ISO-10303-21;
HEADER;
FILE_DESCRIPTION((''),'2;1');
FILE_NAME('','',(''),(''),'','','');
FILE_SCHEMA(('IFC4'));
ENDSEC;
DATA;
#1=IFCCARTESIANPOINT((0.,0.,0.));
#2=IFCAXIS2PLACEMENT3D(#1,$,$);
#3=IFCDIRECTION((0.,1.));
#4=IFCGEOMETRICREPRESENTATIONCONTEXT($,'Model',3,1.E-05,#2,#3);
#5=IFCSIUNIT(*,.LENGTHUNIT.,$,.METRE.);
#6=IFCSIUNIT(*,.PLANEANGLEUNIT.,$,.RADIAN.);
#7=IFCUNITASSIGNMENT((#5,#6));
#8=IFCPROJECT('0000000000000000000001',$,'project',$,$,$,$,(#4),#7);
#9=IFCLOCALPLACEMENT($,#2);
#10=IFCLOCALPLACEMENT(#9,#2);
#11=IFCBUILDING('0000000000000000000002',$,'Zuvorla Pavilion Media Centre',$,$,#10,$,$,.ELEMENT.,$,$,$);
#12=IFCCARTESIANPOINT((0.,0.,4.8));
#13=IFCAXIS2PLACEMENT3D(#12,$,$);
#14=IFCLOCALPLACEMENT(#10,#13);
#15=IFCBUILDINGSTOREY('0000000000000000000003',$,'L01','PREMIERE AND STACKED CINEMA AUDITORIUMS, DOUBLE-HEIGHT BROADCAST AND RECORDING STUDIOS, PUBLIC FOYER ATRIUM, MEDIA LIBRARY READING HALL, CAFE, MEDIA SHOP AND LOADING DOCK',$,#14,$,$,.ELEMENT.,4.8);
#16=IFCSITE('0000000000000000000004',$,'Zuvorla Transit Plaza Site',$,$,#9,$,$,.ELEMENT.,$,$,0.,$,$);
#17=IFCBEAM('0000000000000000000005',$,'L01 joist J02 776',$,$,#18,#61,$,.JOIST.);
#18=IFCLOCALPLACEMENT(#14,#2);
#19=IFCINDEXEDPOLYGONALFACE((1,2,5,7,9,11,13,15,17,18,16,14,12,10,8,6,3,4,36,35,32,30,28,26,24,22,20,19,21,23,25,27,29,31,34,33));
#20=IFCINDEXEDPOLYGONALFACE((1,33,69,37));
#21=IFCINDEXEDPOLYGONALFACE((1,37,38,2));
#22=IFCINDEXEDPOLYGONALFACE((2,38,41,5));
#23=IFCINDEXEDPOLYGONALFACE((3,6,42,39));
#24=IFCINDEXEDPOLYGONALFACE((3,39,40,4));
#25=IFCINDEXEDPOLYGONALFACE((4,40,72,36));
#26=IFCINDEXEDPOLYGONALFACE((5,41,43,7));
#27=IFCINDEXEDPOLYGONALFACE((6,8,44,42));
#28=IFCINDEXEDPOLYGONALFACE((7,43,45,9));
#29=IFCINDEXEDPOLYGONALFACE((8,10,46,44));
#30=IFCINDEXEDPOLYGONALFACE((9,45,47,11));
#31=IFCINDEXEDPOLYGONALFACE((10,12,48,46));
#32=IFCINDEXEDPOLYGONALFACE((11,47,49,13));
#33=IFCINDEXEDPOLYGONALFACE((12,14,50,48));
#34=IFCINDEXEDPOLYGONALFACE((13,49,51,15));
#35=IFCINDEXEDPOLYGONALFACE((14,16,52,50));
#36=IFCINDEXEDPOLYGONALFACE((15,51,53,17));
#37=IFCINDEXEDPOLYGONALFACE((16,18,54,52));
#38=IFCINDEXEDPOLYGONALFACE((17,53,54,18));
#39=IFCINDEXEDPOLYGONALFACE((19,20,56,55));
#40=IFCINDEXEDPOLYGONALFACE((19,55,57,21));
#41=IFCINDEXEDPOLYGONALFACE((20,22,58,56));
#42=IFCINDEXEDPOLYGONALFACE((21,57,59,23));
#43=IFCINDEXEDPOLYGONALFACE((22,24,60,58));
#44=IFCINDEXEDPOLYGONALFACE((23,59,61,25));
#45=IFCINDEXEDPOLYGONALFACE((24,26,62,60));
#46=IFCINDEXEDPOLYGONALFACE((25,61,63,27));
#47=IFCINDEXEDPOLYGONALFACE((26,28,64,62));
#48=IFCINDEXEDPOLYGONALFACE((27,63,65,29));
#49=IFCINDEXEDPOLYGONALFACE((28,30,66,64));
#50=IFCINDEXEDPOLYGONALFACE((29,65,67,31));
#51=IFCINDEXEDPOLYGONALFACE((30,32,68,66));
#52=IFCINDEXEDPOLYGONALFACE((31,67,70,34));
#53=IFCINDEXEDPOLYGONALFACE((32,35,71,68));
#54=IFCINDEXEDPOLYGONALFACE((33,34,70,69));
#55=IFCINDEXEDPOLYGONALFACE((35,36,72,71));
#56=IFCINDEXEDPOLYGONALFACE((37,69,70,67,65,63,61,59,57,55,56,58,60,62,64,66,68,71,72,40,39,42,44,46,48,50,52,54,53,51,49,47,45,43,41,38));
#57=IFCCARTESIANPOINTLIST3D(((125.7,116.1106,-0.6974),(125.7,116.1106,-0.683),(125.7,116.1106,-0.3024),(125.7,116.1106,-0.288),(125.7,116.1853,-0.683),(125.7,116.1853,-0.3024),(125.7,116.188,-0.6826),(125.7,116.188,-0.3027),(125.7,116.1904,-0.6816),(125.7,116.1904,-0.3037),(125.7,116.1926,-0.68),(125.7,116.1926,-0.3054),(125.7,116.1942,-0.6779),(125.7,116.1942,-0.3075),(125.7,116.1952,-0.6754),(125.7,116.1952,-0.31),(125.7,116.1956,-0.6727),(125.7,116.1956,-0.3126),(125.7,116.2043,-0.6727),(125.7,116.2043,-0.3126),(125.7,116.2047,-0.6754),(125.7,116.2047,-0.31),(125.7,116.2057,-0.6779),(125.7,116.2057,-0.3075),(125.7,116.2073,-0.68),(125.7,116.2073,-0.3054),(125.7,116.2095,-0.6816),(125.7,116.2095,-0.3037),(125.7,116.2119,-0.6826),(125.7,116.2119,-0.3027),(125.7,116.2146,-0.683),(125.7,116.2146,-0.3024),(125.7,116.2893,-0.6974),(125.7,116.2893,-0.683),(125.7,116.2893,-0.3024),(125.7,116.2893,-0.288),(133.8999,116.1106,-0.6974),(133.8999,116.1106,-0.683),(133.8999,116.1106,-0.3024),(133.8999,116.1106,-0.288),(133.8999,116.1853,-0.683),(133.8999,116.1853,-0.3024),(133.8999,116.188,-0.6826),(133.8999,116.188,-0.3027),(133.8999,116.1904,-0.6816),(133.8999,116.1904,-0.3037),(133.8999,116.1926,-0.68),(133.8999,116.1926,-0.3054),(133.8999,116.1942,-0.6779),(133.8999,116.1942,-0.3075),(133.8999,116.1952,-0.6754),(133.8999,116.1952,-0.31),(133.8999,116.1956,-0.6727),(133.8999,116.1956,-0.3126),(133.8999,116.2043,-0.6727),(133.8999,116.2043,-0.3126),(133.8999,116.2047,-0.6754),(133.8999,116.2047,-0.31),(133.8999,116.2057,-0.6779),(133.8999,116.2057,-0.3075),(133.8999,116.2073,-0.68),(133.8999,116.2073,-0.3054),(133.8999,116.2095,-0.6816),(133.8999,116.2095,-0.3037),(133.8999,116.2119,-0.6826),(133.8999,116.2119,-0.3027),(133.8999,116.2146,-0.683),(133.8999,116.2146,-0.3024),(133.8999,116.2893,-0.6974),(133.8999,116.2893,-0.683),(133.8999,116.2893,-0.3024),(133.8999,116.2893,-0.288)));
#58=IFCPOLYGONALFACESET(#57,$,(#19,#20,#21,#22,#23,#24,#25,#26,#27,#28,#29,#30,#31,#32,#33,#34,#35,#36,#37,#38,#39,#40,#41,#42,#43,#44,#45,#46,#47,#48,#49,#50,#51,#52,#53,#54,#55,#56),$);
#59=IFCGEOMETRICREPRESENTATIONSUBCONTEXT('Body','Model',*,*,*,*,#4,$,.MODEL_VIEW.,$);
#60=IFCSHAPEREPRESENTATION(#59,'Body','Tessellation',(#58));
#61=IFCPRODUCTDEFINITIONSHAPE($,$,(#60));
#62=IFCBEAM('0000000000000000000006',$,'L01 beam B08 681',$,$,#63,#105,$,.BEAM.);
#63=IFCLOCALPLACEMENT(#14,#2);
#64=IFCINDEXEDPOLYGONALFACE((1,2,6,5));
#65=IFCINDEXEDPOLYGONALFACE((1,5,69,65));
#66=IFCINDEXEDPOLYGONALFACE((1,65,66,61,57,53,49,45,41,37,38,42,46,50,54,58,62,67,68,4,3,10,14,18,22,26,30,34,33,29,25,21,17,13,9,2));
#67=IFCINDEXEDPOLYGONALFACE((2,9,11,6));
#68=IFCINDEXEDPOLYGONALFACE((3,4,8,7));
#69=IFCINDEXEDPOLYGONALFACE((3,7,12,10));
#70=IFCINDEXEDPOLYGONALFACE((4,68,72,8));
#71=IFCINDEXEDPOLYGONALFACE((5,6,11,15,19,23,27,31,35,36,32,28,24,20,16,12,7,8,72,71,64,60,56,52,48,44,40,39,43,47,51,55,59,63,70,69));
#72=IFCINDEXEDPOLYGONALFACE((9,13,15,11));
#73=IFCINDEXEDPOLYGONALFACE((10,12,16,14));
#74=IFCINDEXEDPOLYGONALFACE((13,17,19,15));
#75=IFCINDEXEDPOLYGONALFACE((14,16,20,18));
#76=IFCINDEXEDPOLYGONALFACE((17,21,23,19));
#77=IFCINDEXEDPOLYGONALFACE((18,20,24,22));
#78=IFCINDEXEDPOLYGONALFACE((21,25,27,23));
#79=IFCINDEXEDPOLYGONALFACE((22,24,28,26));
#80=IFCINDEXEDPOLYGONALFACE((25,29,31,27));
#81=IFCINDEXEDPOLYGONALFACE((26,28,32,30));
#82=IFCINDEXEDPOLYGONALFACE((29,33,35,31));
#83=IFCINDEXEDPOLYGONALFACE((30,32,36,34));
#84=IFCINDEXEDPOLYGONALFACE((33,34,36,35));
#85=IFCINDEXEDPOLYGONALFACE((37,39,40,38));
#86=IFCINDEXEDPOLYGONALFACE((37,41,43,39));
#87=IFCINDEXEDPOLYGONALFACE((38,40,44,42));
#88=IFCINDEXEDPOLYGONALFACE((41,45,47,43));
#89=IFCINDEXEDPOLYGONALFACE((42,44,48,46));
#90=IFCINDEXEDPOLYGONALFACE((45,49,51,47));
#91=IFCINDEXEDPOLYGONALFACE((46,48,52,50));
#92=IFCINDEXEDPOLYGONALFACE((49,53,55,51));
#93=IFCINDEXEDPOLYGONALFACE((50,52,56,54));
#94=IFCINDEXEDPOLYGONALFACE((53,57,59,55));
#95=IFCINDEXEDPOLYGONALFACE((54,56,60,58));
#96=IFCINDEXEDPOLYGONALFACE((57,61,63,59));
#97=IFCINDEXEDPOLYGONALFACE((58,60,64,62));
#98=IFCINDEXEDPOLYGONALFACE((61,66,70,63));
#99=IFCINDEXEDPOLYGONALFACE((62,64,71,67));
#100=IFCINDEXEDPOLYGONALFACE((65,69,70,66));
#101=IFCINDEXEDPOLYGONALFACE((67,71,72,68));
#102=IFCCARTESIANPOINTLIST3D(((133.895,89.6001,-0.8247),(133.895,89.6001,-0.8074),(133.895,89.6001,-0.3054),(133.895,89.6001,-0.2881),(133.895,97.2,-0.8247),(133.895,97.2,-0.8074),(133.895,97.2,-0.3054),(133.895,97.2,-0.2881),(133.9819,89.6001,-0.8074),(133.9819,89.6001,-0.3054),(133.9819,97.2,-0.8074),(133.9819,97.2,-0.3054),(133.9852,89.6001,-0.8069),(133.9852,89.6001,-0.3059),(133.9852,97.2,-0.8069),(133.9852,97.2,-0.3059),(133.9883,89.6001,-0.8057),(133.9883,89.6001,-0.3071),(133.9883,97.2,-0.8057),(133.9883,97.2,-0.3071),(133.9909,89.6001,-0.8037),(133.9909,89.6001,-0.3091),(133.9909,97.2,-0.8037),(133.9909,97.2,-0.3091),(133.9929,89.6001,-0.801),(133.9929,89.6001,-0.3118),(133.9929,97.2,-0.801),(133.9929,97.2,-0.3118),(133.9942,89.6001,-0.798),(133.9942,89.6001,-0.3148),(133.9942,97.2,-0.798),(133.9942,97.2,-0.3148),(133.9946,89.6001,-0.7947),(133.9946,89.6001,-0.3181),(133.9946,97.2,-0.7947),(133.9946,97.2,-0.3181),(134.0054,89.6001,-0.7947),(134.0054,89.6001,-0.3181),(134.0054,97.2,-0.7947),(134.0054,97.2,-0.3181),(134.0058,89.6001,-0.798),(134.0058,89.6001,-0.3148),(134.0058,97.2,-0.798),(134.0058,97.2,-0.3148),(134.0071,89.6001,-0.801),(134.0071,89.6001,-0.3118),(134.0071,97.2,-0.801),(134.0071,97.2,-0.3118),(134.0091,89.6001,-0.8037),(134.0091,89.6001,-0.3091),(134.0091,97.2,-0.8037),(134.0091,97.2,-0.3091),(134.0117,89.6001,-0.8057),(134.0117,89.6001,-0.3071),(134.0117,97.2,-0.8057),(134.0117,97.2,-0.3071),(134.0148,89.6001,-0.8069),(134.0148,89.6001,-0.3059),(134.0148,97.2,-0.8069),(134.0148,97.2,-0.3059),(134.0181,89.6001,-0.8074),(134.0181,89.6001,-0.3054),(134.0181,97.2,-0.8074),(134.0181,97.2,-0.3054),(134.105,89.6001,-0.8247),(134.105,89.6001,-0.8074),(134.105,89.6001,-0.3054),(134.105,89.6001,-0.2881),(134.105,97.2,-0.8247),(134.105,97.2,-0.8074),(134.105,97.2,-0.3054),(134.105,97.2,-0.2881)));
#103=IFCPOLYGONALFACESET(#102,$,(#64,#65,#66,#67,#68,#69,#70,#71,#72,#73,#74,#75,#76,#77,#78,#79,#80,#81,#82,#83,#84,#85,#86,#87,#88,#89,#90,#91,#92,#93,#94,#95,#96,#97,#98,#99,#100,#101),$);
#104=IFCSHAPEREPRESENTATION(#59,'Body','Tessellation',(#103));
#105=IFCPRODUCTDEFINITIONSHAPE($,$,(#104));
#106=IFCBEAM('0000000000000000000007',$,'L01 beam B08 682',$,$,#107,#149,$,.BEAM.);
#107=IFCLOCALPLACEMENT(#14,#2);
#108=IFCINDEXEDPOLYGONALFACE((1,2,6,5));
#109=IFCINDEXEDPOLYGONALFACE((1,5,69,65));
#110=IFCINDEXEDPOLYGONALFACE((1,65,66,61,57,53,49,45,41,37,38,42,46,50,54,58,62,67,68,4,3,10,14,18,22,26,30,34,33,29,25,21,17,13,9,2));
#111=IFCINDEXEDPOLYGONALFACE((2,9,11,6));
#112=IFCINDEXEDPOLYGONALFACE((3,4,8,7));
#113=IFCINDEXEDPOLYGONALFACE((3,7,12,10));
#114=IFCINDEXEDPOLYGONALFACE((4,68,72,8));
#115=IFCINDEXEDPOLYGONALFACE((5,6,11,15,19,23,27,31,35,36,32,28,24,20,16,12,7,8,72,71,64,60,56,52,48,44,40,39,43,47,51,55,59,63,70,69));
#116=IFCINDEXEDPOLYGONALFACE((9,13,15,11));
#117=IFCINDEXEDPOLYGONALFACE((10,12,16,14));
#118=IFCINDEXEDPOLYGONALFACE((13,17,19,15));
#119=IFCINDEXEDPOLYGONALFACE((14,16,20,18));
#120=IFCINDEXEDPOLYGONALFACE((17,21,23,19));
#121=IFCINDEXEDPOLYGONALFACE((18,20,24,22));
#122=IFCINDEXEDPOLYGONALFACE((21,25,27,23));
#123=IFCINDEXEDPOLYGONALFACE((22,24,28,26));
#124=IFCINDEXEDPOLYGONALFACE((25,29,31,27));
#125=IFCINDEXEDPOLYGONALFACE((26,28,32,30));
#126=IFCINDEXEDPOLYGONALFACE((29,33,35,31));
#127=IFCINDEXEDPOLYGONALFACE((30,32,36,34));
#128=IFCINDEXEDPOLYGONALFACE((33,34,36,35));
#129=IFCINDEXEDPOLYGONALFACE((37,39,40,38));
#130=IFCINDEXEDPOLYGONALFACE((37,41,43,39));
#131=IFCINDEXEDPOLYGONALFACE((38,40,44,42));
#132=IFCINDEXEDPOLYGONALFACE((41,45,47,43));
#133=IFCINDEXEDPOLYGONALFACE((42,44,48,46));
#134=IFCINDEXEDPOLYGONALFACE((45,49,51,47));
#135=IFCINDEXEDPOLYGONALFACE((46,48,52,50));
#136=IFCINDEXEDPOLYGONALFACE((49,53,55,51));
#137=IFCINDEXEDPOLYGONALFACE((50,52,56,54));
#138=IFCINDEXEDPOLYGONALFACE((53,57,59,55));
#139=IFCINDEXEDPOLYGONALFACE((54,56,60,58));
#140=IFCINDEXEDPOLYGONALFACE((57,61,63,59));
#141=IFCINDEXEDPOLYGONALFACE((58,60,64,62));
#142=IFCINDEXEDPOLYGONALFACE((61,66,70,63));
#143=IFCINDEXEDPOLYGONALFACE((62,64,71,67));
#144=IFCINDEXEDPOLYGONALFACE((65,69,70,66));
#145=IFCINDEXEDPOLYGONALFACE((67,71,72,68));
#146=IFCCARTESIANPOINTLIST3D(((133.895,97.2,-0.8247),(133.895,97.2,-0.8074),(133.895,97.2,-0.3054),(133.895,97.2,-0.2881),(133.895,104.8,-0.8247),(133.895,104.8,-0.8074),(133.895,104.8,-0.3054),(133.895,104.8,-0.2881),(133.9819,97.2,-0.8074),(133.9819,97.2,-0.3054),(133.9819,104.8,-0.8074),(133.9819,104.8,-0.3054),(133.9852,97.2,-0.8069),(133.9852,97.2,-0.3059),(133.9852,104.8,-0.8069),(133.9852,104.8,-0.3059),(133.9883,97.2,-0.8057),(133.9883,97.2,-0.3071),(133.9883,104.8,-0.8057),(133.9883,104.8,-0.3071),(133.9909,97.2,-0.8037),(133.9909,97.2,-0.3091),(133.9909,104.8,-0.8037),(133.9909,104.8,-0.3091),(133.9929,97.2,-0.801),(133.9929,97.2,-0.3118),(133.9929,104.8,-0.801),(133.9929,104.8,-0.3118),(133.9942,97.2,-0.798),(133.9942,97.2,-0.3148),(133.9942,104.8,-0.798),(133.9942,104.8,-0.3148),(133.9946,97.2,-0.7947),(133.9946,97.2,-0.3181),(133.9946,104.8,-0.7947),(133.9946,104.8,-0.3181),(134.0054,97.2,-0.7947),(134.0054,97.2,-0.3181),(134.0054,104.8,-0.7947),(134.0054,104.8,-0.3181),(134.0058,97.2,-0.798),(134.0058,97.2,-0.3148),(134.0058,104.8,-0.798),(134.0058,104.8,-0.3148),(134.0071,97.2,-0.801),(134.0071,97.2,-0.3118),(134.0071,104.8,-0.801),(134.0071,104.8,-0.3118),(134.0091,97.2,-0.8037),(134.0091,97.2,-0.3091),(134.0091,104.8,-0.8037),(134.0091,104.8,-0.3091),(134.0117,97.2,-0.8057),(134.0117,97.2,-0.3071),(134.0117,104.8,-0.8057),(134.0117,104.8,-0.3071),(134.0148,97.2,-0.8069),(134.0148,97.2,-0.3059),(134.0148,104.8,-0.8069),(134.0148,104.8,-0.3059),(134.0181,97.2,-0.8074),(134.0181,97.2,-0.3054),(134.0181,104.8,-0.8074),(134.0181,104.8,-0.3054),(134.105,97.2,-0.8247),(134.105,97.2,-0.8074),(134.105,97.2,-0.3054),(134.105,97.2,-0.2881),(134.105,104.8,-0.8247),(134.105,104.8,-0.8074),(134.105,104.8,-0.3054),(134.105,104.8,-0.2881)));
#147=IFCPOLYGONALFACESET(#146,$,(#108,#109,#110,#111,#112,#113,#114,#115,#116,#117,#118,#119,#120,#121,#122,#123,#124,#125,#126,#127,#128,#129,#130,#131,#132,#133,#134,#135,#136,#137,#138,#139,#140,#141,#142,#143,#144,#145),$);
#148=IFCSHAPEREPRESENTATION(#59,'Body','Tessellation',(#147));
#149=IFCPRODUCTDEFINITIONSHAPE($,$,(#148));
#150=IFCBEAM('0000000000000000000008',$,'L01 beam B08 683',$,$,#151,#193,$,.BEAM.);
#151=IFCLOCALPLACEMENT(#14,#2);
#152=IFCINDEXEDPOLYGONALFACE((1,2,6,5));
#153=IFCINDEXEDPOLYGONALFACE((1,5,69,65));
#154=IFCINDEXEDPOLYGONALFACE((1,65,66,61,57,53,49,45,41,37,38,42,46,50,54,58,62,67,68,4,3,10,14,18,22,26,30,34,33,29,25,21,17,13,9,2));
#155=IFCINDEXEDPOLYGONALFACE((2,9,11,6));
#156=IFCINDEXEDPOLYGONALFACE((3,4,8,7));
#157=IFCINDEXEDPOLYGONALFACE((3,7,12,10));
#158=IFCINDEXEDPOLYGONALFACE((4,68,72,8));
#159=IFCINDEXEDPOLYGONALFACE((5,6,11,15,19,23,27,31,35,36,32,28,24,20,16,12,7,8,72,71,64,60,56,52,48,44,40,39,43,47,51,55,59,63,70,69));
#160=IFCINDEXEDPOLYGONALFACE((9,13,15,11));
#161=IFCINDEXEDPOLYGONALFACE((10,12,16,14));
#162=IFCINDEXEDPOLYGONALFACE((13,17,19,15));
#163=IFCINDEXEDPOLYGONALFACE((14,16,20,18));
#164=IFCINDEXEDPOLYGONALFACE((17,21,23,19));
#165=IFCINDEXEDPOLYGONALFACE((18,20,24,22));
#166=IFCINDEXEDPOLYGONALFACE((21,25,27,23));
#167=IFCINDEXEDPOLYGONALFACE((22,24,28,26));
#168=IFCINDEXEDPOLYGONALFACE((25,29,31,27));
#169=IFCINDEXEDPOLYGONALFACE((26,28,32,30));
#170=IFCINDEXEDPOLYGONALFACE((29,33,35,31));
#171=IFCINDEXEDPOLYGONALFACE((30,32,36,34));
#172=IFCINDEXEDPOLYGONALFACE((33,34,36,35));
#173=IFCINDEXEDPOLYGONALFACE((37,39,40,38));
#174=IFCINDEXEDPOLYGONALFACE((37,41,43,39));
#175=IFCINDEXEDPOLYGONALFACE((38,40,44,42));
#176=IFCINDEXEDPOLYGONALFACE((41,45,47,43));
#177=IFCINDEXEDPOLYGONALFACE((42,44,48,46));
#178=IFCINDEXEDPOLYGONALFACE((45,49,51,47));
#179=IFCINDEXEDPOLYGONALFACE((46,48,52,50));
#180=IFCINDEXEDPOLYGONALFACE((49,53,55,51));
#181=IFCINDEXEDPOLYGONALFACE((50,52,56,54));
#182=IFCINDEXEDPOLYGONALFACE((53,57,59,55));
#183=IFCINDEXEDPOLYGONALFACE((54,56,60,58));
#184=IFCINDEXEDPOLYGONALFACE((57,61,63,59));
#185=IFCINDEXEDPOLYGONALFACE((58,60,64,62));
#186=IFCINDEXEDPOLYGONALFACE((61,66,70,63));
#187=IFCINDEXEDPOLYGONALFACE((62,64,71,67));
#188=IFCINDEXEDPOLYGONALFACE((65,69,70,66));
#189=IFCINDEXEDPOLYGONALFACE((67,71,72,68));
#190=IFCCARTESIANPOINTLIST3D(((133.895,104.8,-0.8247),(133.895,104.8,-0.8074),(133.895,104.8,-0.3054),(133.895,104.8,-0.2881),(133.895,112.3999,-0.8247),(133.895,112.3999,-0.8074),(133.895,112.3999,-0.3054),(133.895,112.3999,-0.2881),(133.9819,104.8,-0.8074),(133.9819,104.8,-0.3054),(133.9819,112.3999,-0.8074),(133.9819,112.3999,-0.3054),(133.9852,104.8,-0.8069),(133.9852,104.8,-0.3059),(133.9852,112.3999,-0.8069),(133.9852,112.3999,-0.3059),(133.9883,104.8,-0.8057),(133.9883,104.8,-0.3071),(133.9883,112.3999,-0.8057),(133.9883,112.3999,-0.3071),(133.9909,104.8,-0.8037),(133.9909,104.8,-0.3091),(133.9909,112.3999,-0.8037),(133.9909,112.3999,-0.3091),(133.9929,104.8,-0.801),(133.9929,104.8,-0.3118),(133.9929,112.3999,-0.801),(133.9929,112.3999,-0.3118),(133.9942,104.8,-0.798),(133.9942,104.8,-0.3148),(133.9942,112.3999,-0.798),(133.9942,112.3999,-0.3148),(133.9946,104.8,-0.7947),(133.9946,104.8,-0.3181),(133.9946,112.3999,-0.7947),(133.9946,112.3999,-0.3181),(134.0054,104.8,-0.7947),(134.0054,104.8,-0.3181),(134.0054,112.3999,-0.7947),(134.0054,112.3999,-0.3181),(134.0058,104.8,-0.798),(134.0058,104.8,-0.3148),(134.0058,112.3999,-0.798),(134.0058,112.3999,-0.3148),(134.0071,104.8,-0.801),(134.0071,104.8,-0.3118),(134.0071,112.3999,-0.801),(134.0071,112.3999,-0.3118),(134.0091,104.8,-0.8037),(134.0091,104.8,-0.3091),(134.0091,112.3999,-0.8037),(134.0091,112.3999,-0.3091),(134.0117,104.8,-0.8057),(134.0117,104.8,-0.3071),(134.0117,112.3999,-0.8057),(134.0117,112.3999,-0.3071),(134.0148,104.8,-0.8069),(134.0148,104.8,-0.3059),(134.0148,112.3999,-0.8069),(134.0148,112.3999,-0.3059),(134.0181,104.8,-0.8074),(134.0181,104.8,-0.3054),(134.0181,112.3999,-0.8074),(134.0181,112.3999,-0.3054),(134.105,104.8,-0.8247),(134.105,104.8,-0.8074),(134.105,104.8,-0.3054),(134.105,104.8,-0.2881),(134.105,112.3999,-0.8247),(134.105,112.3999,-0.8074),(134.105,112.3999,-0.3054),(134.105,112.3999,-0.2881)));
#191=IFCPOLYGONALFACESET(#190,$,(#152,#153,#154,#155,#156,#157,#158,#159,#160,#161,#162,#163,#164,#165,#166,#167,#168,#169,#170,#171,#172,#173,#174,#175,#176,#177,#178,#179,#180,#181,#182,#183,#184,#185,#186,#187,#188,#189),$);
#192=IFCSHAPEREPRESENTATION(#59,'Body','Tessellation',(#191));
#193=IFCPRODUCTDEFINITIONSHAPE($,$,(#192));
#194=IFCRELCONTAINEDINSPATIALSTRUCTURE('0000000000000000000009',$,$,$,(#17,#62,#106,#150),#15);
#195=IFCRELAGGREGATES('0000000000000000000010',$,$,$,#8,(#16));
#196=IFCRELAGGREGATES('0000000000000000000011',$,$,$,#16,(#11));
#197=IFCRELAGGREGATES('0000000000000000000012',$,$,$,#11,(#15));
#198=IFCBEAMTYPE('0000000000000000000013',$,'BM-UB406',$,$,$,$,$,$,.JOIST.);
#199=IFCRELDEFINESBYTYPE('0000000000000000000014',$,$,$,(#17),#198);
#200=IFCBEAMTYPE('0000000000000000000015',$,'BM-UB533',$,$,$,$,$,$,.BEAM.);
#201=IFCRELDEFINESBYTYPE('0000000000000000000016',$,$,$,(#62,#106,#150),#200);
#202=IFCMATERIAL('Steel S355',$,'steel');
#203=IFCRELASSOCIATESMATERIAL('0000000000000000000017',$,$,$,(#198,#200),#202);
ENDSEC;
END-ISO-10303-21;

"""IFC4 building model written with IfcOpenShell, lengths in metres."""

from ifc_helpers import new_model, si_unit, direction, frame, origin, origin_2d, place, context, subcontext, project, spatial, i_section, extrude, material, material_profile, profile_set, type_object, element, save


model = new_model("IFC4")

# Units and contexts
model_context = context("Model", 3, precision=1e-05, world=origin(), true_north=direction((0.0, 1.0)))
body_context = subcontext(model_context, "Body", "Model", "MODEL_VIEW")
ifc_project = project(units=[si_unit("LENGTHUNIT", "METRE"), si_unit("PLANEANGLEUNIT", "RADIAN")], contexts=[model_context])

# Site, building, storey
site_placement = place(None, origin())
site = spatial("IfcSite", under=ifc_project, at=site_placement, Name="Zuvorla Transit Plaza Site", CompositionType="ELEMENT", RefElevation=0.0)
building_placement = place(site_placement, origin())
building = spatial("IfcBuilding", under=site, at=building_placement, Name="Zuvorla Pavilion Media Centre", CompositionType="ELEMENT")
storey_placement = place(building_placement, frame((0.0, 0.0, 4.8)))
storey = spatial("IfcBuildingStorey", under=building, at=storey_placement, Name="L01", Description="PREMIERE AND STACKED CINEMA AUDITORIUMS, DOUBLE-HEIGHT BROADCAST AND RECORDING STUDIOS, PUBLIC FOYER ATRIUM, MEDIA LIBRARY READING HALL, CAFE, MEDIA SHOP AND LOADING DOCK", CompositionType="ELEMENT", Elevation=4.8)

# Shared definitions
ifc_material_1 = material(Name="Steel S355", Category="steel")

# Beams
ifc_material_profile_1 = material_profile(ifc_material_1, i_section(OverallWidth=0.1787, OverallDepth=0.4094, WebThickness=0.0088, FlangeThickness=0.0144, FilletRadius=0.0103, at=origin_2d()), Name="UB 406x178x67")
ifc_profile_set_1 = profile_set([ifc_material_profile_1], Name="Steel S355")
beam_type_1 = type_object("IfcBeamType", Name="BM-UB406", PredefinedType="JOIST", material=ifc_profile_set_1)
for number, where, z_axis, x_axis, name in (
    (1, (125.7, 116.2, -0.4927), (1.0, 0.0, 0.0), (0.0, 1.0, 0.0), "L01 joist J02 776"),
):
    element("IfcBeam", number, at=place(storey_placement, frame(where, z_axis=z_axis, x_axis=x_axis)), inside=storey, type_object=beam_type_1, Name=name, PredefinedType="JOIST", context=body_context, shape_type="SweptSolid", body=[
        extrude(i_section(OverallWidth=0.1787, OverallDepth=0.4094, WebThickness=0.0088, FlangeThickness=0.0144, FilletRadius=0.0103, at=origin_2d()), origin(), (0.0, 0.0, 1.0), 8.2),
    ])
ifc_material_profile_2 = material_profile(ifc_material_1, i_section(OverallWidth=0.21, OverallDepth=0.5366, WebThickness=0.0107, FlangeThickness=0.0173, FilletRadius=0.0127, at=origin_2d()), Name="UB 533x210x101")
ifc_profile_set_2 = profile_set([ifc_material_profile_2], Name="Steel S355")
beam_type_2 = type_object("IfcBeamType", Name="BM-UB533", PredefinedType="BEAM", material=ifc_profile_set_2)
beam_1_placement = place(storey_placement, frame((134.0, 89.6001, -0.5564), z_axis=(0.0, 1.0, 0.0), x_axis=(-1.0, 0.0, 0.0)))
element("IfcBeam", 2, at=beam_1_placement, inside=storey, type_object=beam_type_2, Name="L01 beam B08 681", PredefinedType="BEAM", context=body_context, shape_type="SweptSolid", body=[
    extrude(i_section(OverallWidth=0.21, OverallDepth=0.5366, WebThickness=0.0107, FlangeThickness=0.0173, FilletRadius=0.0127, at=origin_2d()), origin(), (0.0, 0.0, 1.0), 7.5999),
])
beam_2_placement = place(storey_placement, frame((134.0, 97.2, -0.5564), z_axis=(0.0, 1.0, 0.0), x_axis=(-1.0, 0.0, 0.0)))
element("IfcBeam", 3, at=beam_2_placement, inside=storey, type_object=beam_type_2, Name="L01 beam B08 682", PredefinedType="BEAM", context=body_context, shape_type="SweptSolid", body=[
    extrude(i_section(OverallWidth=0.21, OverallDepth=0.5366, WebThickness=0.0107, FlangeThickness=0.0173, FilletRadius=0.0127, at=origin_2d()), origin(), (0.0, 0.0, 1.0), 7.6001),
])
beam_3_placement = place(storey_placement, frame((134.0, 104.8, -0.5564), z_axis=(0.0, 1.0, 0.0), x_axis=(-1.0, 0.0, 0.0)))
element("IfcBeam", 4, at=beam_3_placement, inside=storey, type_object=beam_type_2, Name="L01 beam B08 683", PredefinedType="BEAM", context=body_context, shape_type="SweptSolid", body=[
    extrude(i_section(OverallWidth=0.21, OverallDepth=0.5366, WebThickness=0.0107, FlangeThickness=0.0173, FilletRadius=0.0127, at=origin_2d()), origin(), (0.0, 0.0, 1.0), 7.5999),
])

save(model, "model.ifc")
